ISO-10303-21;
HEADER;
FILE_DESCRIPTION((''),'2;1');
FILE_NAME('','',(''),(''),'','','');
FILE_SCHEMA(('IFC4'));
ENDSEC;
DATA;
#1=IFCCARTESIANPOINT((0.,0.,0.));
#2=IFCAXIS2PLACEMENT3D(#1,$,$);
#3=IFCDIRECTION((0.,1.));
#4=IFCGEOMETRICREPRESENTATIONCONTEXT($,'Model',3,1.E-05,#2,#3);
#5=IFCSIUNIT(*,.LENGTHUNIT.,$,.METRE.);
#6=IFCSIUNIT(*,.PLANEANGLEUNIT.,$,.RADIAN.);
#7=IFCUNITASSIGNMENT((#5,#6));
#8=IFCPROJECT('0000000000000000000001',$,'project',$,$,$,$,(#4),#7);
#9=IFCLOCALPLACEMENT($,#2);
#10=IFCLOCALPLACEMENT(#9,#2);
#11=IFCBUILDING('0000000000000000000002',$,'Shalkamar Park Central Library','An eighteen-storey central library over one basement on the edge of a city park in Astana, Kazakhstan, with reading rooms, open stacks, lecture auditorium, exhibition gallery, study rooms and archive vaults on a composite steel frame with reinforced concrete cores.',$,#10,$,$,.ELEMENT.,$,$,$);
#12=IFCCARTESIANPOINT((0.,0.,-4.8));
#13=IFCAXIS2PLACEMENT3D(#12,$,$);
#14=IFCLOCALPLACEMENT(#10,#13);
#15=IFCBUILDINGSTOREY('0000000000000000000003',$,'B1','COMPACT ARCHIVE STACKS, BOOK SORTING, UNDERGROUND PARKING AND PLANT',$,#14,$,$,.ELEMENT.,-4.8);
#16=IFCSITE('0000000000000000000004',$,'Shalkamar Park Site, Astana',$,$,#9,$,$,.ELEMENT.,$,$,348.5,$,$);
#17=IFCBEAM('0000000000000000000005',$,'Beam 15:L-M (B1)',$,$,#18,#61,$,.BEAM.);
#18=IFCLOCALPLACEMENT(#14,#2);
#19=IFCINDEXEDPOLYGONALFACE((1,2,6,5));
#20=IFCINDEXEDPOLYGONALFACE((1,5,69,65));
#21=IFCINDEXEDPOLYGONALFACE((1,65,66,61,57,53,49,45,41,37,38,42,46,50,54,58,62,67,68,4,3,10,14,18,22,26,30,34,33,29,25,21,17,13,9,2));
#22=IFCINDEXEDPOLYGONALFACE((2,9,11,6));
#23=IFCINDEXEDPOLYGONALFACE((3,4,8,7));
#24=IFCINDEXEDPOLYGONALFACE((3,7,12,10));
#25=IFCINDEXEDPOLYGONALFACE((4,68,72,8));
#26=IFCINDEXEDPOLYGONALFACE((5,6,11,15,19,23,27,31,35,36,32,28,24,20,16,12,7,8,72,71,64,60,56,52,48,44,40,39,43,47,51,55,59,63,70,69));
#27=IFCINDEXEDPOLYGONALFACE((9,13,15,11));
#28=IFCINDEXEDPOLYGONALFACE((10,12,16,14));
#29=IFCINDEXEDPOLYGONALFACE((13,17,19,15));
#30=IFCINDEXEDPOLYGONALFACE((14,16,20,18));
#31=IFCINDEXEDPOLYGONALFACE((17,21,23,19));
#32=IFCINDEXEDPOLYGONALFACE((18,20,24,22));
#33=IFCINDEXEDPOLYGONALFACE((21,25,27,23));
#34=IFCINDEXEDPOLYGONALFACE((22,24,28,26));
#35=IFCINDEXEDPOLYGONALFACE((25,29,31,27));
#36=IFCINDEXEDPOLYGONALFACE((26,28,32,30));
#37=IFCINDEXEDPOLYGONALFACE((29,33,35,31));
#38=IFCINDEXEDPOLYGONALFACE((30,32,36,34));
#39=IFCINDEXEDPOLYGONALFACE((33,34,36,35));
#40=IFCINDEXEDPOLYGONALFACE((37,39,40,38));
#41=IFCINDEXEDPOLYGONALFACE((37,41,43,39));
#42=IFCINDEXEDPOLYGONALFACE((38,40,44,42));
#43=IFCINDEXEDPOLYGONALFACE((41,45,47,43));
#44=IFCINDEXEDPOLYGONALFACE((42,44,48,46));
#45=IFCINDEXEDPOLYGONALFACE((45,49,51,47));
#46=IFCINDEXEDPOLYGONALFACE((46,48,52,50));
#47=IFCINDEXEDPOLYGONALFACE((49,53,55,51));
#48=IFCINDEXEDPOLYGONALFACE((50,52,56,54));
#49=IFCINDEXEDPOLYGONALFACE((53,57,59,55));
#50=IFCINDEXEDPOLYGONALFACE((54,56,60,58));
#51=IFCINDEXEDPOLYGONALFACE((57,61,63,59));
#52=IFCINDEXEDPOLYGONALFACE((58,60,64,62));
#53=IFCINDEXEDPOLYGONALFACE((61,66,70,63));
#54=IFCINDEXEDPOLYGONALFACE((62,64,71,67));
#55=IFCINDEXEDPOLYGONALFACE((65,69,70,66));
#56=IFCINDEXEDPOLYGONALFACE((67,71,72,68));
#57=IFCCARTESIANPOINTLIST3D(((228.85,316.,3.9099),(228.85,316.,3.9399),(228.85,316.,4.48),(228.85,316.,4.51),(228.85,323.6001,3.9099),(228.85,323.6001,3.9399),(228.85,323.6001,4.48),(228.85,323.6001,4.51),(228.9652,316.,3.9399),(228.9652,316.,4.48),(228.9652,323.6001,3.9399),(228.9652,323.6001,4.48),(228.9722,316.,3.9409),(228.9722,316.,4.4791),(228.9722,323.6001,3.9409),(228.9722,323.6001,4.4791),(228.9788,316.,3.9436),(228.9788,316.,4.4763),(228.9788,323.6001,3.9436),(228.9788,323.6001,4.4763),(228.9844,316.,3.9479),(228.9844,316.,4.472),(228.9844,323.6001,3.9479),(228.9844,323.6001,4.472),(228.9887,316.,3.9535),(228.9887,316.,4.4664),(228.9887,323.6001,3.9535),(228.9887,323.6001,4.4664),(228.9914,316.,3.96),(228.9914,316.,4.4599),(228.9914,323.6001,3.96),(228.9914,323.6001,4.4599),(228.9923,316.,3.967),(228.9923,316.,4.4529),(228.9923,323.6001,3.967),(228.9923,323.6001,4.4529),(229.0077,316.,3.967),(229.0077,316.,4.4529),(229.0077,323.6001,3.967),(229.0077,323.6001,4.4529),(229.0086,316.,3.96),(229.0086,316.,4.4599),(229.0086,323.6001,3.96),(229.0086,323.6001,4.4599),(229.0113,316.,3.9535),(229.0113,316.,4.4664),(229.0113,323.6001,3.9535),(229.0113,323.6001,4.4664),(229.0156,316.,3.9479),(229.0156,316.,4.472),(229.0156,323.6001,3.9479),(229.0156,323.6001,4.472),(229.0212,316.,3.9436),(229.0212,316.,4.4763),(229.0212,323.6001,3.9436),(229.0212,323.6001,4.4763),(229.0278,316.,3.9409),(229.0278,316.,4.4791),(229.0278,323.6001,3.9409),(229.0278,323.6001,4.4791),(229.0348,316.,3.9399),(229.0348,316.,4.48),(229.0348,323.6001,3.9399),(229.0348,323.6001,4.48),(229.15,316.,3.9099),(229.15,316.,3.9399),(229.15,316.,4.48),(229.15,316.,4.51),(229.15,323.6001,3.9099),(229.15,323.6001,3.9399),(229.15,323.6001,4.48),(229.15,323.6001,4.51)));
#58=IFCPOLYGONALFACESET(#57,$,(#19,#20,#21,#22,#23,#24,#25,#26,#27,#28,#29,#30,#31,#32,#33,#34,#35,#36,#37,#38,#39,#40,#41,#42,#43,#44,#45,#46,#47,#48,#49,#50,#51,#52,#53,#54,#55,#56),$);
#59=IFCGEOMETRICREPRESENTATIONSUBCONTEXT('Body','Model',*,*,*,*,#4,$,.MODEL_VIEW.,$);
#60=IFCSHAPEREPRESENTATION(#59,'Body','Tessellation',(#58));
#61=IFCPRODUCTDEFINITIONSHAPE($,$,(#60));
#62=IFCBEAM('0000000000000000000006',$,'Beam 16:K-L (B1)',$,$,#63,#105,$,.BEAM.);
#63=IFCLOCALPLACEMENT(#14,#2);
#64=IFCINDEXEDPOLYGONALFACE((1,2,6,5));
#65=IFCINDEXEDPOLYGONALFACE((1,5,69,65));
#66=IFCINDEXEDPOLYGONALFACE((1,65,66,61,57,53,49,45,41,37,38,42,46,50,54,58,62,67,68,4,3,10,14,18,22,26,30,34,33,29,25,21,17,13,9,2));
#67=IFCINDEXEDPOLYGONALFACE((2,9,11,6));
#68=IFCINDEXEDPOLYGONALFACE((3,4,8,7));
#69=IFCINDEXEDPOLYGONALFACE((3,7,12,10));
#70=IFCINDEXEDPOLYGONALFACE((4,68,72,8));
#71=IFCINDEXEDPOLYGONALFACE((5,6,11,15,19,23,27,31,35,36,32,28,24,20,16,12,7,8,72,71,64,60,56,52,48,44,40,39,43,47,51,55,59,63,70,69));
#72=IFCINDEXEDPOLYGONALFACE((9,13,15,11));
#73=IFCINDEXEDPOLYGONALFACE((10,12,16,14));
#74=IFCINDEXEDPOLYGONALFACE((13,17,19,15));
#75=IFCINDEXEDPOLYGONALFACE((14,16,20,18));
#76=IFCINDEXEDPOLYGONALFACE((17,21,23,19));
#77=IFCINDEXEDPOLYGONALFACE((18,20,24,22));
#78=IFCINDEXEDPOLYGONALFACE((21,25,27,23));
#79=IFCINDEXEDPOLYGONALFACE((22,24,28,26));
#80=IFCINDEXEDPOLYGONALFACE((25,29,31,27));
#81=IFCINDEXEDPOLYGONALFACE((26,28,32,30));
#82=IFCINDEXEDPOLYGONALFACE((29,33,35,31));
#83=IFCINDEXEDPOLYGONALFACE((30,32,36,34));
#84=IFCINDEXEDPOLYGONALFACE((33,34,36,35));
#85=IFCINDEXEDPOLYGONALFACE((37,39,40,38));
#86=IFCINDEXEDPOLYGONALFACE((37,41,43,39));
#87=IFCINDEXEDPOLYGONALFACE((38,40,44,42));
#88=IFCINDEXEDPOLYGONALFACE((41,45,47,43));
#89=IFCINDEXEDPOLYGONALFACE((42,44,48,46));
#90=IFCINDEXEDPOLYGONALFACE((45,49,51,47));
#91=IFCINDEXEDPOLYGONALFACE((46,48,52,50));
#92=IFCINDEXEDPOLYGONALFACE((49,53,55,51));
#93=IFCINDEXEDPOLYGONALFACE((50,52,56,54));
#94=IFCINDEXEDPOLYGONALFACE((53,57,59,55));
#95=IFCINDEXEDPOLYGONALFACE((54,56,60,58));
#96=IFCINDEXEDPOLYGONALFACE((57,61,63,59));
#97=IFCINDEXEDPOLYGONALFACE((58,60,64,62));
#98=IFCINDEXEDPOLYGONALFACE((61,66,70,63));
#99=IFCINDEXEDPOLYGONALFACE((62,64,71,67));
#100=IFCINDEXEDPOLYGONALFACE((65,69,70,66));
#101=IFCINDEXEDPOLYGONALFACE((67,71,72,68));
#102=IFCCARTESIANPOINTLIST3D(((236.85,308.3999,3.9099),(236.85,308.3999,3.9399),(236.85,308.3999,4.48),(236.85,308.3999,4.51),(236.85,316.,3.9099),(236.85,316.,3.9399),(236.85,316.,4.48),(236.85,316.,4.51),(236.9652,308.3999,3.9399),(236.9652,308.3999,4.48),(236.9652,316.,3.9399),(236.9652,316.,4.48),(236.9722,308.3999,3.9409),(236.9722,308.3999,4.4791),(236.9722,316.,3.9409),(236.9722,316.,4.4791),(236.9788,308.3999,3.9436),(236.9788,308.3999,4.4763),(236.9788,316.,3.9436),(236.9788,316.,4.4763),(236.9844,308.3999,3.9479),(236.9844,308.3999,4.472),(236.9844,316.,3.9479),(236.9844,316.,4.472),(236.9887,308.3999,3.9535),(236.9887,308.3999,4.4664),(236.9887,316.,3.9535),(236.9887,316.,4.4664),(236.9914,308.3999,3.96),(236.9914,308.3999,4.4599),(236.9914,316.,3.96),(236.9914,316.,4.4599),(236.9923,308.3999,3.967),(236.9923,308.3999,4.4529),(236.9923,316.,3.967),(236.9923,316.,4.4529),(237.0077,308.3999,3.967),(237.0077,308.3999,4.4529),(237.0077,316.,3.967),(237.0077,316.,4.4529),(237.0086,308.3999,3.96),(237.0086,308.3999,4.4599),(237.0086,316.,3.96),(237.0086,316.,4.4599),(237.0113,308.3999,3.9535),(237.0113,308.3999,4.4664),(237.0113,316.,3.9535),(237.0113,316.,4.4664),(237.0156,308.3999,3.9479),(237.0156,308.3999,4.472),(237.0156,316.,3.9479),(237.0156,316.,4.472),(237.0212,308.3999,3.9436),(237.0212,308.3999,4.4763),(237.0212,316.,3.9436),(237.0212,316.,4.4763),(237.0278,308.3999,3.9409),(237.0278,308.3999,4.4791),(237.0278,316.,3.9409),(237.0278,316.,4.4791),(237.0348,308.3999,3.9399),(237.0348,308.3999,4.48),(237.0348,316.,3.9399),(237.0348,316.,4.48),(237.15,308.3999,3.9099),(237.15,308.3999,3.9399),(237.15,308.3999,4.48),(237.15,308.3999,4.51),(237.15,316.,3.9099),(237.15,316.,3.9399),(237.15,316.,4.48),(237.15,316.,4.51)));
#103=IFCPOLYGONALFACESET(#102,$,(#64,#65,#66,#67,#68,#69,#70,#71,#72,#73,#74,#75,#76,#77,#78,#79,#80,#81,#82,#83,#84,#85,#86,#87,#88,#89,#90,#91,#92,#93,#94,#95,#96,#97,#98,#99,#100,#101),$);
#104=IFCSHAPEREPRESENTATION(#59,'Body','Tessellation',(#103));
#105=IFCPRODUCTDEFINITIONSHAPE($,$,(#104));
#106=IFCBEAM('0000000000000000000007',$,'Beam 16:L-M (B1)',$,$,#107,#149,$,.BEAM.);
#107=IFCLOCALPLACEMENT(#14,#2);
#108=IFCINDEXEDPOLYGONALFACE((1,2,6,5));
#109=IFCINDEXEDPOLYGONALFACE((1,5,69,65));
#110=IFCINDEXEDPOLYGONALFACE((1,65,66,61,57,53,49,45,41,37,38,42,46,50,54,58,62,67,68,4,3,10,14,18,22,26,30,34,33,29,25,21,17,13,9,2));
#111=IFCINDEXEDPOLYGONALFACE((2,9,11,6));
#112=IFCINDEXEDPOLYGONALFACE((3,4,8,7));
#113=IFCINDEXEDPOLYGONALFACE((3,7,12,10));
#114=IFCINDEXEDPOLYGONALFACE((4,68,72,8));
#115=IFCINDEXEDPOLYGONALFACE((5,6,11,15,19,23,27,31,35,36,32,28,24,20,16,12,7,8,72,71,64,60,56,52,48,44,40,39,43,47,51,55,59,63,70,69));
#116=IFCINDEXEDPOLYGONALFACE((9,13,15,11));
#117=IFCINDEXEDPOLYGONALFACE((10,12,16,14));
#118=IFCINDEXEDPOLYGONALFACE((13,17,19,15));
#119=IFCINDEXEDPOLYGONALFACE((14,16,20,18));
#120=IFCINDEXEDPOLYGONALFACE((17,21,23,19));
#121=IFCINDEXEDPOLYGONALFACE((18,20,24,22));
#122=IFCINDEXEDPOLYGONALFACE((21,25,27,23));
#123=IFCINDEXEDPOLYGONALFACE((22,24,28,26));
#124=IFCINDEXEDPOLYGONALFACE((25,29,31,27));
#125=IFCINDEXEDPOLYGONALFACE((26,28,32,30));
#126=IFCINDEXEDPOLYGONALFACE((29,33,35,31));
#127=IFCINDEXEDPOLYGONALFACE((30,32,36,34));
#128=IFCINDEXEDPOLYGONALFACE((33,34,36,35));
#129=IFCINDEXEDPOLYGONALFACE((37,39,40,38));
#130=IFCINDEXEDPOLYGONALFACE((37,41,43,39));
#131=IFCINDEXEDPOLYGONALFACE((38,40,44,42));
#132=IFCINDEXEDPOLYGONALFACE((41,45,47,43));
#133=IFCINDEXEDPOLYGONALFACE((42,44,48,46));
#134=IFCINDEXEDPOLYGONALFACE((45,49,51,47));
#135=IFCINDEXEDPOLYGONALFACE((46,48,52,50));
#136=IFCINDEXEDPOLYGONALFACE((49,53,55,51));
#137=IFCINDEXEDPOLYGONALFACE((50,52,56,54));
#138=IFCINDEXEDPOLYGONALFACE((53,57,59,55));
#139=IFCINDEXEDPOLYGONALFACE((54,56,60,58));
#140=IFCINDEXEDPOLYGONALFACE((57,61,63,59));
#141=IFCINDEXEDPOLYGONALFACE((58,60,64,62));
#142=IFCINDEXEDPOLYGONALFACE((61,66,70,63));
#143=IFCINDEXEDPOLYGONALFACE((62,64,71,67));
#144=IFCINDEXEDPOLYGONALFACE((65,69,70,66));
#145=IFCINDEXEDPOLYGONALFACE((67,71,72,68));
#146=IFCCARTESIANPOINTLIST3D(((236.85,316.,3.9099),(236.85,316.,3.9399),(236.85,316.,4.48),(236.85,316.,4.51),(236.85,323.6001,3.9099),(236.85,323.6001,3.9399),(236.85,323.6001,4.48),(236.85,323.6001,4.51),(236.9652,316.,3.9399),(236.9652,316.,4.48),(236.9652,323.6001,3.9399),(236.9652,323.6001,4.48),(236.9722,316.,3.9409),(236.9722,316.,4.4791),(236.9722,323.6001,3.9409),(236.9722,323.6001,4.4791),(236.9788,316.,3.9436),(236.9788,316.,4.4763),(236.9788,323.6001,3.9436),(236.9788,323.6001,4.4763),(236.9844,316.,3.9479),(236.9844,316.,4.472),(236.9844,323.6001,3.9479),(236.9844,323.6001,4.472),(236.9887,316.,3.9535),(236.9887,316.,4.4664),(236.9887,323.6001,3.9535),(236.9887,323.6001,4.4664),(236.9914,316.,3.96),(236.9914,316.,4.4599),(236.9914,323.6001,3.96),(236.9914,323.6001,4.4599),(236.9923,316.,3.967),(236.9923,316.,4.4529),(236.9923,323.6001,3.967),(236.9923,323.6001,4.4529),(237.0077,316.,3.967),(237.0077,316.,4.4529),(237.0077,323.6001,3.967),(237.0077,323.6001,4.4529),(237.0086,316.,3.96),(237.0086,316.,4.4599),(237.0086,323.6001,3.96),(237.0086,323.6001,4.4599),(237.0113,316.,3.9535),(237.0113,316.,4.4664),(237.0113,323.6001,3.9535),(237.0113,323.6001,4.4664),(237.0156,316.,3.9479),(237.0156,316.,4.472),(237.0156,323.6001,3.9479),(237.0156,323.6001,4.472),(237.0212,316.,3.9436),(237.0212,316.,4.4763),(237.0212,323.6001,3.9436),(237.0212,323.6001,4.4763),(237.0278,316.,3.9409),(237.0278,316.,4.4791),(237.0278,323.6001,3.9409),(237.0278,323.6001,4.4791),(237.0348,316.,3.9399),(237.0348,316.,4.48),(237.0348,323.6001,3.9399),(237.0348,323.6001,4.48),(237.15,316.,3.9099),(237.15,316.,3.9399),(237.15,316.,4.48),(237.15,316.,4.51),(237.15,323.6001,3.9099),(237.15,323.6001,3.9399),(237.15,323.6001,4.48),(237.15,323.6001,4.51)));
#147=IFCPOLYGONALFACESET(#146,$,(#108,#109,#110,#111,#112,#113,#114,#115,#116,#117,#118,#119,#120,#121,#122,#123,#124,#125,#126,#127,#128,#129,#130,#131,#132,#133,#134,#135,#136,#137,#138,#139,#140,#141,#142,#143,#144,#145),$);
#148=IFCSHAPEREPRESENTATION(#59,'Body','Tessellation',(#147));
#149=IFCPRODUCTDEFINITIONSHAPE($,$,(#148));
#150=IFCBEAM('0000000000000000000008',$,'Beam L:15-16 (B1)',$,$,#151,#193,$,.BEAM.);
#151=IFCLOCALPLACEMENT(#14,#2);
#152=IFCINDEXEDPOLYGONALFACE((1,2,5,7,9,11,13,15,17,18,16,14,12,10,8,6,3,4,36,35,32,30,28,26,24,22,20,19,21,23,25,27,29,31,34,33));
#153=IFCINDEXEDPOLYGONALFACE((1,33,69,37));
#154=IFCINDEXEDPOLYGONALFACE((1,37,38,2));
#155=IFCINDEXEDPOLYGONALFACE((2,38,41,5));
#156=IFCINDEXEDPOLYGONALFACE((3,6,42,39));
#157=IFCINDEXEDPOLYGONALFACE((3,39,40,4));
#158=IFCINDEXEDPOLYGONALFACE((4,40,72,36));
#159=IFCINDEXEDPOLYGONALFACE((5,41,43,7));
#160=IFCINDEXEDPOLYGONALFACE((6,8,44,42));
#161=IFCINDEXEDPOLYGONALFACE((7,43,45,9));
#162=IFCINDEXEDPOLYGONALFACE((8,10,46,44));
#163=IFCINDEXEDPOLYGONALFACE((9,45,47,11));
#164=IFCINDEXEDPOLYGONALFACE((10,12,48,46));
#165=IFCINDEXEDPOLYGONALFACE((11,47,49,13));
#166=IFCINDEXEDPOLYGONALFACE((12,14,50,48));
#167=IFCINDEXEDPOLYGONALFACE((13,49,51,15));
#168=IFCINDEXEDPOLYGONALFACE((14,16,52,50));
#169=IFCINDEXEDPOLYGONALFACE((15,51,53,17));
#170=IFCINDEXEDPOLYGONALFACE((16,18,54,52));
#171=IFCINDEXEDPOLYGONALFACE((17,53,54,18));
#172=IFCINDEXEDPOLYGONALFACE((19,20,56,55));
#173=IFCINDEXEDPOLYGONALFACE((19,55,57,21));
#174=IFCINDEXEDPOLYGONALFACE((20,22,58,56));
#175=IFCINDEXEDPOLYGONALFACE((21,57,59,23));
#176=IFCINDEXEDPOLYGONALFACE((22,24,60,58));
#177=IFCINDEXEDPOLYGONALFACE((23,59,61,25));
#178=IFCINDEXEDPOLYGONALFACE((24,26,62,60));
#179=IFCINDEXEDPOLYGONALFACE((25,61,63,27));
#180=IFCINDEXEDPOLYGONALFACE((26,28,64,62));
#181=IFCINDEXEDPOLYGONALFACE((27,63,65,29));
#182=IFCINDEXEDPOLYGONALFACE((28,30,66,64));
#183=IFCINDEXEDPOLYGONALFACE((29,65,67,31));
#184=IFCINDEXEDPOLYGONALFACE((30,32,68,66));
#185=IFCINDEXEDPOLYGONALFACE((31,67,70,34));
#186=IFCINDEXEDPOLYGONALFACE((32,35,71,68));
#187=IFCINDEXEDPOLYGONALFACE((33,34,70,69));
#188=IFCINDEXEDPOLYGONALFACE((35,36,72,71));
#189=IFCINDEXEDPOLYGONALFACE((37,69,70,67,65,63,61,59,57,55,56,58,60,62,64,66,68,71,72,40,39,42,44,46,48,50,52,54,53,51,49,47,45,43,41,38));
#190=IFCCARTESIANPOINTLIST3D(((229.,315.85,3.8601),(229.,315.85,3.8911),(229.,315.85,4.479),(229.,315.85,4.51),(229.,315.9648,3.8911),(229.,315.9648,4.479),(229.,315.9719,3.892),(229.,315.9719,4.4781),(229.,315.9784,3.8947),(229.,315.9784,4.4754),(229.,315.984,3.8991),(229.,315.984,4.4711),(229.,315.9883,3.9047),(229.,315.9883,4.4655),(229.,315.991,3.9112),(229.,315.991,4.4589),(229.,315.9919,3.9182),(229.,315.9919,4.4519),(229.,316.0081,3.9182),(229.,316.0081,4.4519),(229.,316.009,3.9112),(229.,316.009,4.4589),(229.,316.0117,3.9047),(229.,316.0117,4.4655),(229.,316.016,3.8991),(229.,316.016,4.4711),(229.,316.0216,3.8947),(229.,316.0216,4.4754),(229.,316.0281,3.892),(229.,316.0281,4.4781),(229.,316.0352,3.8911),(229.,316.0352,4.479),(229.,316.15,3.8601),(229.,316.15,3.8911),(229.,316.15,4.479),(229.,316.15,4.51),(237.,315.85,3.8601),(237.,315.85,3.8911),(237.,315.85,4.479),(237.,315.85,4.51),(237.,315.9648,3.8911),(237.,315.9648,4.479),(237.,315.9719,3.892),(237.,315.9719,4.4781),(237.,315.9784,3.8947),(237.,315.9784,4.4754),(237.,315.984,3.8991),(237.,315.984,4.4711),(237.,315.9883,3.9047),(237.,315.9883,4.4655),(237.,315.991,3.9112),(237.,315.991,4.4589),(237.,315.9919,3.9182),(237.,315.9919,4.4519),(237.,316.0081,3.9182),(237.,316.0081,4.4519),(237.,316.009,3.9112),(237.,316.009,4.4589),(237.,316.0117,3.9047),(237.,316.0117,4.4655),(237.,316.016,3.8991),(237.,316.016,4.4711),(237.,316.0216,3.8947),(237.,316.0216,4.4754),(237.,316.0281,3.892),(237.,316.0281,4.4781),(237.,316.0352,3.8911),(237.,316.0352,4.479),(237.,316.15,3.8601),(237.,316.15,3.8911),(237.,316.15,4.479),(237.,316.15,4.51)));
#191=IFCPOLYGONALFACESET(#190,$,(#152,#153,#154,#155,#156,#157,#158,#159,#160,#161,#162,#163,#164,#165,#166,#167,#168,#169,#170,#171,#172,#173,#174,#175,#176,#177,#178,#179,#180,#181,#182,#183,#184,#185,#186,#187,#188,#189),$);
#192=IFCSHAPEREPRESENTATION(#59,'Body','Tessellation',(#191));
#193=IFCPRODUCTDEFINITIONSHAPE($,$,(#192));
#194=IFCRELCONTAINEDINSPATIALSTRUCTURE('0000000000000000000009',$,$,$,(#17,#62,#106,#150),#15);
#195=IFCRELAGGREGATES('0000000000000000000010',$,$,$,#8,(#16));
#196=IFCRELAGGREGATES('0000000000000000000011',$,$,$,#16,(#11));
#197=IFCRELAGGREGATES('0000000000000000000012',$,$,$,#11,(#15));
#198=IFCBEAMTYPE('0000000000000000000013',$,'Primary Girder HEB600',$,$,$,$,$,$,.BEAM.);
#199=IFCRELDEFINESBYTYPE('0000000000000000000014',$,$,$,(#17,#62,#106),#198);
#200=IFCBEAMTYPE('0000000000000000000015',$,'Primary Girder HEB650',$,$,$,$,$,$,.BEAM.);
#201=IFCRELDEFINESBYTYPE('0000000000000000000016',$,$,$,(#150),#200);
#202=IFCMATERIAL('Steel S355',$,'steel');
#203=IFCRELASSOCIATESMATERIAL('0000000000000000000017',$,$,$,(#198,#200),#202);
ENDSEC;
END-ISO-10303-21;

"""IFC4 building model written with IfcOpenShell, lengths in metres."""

from ifc_helpers import new_model, si_unit, direction, frame, origin, origin_2d, place, context, subcontext, project, spatial, i_section, extrude, material, material_profile, profile_set, type_object, element, save


model = new_model("IFC4")

# Units and contexts
model_context = context("Model", 3, precision=1e-05, world=origin(), true_north=direction((0.0, 1.0)))
body_context = subcontext(model_context, "Body", "Model", "MODEL_VIEW")
ifc_project = project(units=[si_unit("LENGTHUNIT", "METRE"), si_unit("PLANEANGLEUNIT", "RADIAN")], contexts=[model_context])

# Site, building, storey
site_placement = place(None, origin())
site = spatial("IfcSite", under=ifc_project, at=site_placement, Name="Shalkamar Park Site, Astana", CompositionType="ELEMENT", RefElevation=348.5)
building_placement = place(site_placement, origin())
building = spatial("IfcBuilding", under=site, at=building_placement, Name="Shalkamar Park Central Library", Description="An eighteen-storey central library over one basement on the edge of a city park in Astana, Kazakhstan, with reading rooms, open stacks, lecture auditorium, exhibition gallery, study rooms and archive vaults on a composite steel frame with reinforced concrete cores.", CompositionType="ELEMENT")
storey_placement = place(building_placement, frame((0.0, 0.0, -4.8)))
storey = spatial("IfcBuildingStorey", under=building, at=storey_placement, Name="B1", Description="COMPACT ARCHIVE STACKS, BOOK SORTING, UNDERGROUND PARKING AND PLANT", CompositionType="ELEMENT", Elevation=-4.8)

# Shared definitions
ifc_material_1 = material(Name="Steel S355", Category="steel")

# Beams
ifc_material_profile_1 = material_profile(ifc_material_1, i_section(OverallWidth=0.3, OverallDepth=0.6001, WebThickness=0.0154, FlangeThickness=0.03, FilletRadius=0.0271, at=origin_2d()), Name="HEB 600")
ifc_profile_set_1 = profile_set([ifc_material_profile_1], Name="Steel S355")
beam_type_1 = type_object("IfcBeamType", Name="Primary Girder HEB600", PredefinedType="BEAM", material=ifc_profile_set_1)
for number, where, z_axis, x_axis, name in (
    (1, (229.0, 316.0, 4.21), (0.0, 1.0, 0.0), (-1.0, 0.0, 0.0), "Beam 15:L-M (B1)"),
    (2, (237.0, 308.3999, 4.21), (0.0, 1.0, 0.0), (-1.0, 0.0, 0.0), "Beam 16:K-L (B1)"),
    (3, (237.0, 316.0, 4.21), (0.0, 1.0, 0.0), (-1.0, 0.0, 0.0), "Beam 16:L-M (B1)"),
):
    element("IfcBeam", number, at=place(storey_placement, frame(where, z_axis=z_axis, x_axis=x_axis)), inside=storey, type_object=beam_type_1, Name=name, PredefinedType="BEAM", context=body_context, shape_type="SweptSolid", body=[
        extrude(i_section(OverallWidth=0.3, OverallDepth=0.6001, WebThickness=0.0154, FlangeThickness=0.03, FilletRadius=0.0271, at=origin_2d()), origin(), (0.0, 0.0, 1.0), 7.6001),
    ])
ifc_material_profile_2 = material_profile(ifc_material_1, i_section(OverallWidth=0.3, OverallDepth=0.6499, WebThickness=0.0161, FlangeThickness=0.031, FilletRadius=0.0271, at=origin_2d()), Name="HEB 650")
ifc_profile_set_2 = profile_set([ifc_material_profile_2], Name="Steel S355")
beam_type_2 = type_object("IfcBeamType", Name="Primary Girder HEB650", PredefinedType="BEAM", material=ifc_profile_set_2)
beam_placement = place(storey_placement, frame((229.0, 316.0, 4.1851), z_axis=(1.0, 0.0, 0.0), x_axis=(0.0, 1.0, 0.0)))
element("IfcBeam", 4, at=beam_placement, inside=storey, type_object=beam_type_2, Name="Beam L:15-16 (B1)", PredefinedType="BEAM", context=body_context, shape_type="SweptSolid", body=[
    extrude(i_section(OverallWidth=0.3, OverallDepth=0.6499, WebThickness=0.0161, FlangeThickness=0.031, FilletRadius=0.0271, at=origin_2d()), origin(), (0.0, 0.0, 1.0), 8.0),
])

save(model, "model.ifc")
